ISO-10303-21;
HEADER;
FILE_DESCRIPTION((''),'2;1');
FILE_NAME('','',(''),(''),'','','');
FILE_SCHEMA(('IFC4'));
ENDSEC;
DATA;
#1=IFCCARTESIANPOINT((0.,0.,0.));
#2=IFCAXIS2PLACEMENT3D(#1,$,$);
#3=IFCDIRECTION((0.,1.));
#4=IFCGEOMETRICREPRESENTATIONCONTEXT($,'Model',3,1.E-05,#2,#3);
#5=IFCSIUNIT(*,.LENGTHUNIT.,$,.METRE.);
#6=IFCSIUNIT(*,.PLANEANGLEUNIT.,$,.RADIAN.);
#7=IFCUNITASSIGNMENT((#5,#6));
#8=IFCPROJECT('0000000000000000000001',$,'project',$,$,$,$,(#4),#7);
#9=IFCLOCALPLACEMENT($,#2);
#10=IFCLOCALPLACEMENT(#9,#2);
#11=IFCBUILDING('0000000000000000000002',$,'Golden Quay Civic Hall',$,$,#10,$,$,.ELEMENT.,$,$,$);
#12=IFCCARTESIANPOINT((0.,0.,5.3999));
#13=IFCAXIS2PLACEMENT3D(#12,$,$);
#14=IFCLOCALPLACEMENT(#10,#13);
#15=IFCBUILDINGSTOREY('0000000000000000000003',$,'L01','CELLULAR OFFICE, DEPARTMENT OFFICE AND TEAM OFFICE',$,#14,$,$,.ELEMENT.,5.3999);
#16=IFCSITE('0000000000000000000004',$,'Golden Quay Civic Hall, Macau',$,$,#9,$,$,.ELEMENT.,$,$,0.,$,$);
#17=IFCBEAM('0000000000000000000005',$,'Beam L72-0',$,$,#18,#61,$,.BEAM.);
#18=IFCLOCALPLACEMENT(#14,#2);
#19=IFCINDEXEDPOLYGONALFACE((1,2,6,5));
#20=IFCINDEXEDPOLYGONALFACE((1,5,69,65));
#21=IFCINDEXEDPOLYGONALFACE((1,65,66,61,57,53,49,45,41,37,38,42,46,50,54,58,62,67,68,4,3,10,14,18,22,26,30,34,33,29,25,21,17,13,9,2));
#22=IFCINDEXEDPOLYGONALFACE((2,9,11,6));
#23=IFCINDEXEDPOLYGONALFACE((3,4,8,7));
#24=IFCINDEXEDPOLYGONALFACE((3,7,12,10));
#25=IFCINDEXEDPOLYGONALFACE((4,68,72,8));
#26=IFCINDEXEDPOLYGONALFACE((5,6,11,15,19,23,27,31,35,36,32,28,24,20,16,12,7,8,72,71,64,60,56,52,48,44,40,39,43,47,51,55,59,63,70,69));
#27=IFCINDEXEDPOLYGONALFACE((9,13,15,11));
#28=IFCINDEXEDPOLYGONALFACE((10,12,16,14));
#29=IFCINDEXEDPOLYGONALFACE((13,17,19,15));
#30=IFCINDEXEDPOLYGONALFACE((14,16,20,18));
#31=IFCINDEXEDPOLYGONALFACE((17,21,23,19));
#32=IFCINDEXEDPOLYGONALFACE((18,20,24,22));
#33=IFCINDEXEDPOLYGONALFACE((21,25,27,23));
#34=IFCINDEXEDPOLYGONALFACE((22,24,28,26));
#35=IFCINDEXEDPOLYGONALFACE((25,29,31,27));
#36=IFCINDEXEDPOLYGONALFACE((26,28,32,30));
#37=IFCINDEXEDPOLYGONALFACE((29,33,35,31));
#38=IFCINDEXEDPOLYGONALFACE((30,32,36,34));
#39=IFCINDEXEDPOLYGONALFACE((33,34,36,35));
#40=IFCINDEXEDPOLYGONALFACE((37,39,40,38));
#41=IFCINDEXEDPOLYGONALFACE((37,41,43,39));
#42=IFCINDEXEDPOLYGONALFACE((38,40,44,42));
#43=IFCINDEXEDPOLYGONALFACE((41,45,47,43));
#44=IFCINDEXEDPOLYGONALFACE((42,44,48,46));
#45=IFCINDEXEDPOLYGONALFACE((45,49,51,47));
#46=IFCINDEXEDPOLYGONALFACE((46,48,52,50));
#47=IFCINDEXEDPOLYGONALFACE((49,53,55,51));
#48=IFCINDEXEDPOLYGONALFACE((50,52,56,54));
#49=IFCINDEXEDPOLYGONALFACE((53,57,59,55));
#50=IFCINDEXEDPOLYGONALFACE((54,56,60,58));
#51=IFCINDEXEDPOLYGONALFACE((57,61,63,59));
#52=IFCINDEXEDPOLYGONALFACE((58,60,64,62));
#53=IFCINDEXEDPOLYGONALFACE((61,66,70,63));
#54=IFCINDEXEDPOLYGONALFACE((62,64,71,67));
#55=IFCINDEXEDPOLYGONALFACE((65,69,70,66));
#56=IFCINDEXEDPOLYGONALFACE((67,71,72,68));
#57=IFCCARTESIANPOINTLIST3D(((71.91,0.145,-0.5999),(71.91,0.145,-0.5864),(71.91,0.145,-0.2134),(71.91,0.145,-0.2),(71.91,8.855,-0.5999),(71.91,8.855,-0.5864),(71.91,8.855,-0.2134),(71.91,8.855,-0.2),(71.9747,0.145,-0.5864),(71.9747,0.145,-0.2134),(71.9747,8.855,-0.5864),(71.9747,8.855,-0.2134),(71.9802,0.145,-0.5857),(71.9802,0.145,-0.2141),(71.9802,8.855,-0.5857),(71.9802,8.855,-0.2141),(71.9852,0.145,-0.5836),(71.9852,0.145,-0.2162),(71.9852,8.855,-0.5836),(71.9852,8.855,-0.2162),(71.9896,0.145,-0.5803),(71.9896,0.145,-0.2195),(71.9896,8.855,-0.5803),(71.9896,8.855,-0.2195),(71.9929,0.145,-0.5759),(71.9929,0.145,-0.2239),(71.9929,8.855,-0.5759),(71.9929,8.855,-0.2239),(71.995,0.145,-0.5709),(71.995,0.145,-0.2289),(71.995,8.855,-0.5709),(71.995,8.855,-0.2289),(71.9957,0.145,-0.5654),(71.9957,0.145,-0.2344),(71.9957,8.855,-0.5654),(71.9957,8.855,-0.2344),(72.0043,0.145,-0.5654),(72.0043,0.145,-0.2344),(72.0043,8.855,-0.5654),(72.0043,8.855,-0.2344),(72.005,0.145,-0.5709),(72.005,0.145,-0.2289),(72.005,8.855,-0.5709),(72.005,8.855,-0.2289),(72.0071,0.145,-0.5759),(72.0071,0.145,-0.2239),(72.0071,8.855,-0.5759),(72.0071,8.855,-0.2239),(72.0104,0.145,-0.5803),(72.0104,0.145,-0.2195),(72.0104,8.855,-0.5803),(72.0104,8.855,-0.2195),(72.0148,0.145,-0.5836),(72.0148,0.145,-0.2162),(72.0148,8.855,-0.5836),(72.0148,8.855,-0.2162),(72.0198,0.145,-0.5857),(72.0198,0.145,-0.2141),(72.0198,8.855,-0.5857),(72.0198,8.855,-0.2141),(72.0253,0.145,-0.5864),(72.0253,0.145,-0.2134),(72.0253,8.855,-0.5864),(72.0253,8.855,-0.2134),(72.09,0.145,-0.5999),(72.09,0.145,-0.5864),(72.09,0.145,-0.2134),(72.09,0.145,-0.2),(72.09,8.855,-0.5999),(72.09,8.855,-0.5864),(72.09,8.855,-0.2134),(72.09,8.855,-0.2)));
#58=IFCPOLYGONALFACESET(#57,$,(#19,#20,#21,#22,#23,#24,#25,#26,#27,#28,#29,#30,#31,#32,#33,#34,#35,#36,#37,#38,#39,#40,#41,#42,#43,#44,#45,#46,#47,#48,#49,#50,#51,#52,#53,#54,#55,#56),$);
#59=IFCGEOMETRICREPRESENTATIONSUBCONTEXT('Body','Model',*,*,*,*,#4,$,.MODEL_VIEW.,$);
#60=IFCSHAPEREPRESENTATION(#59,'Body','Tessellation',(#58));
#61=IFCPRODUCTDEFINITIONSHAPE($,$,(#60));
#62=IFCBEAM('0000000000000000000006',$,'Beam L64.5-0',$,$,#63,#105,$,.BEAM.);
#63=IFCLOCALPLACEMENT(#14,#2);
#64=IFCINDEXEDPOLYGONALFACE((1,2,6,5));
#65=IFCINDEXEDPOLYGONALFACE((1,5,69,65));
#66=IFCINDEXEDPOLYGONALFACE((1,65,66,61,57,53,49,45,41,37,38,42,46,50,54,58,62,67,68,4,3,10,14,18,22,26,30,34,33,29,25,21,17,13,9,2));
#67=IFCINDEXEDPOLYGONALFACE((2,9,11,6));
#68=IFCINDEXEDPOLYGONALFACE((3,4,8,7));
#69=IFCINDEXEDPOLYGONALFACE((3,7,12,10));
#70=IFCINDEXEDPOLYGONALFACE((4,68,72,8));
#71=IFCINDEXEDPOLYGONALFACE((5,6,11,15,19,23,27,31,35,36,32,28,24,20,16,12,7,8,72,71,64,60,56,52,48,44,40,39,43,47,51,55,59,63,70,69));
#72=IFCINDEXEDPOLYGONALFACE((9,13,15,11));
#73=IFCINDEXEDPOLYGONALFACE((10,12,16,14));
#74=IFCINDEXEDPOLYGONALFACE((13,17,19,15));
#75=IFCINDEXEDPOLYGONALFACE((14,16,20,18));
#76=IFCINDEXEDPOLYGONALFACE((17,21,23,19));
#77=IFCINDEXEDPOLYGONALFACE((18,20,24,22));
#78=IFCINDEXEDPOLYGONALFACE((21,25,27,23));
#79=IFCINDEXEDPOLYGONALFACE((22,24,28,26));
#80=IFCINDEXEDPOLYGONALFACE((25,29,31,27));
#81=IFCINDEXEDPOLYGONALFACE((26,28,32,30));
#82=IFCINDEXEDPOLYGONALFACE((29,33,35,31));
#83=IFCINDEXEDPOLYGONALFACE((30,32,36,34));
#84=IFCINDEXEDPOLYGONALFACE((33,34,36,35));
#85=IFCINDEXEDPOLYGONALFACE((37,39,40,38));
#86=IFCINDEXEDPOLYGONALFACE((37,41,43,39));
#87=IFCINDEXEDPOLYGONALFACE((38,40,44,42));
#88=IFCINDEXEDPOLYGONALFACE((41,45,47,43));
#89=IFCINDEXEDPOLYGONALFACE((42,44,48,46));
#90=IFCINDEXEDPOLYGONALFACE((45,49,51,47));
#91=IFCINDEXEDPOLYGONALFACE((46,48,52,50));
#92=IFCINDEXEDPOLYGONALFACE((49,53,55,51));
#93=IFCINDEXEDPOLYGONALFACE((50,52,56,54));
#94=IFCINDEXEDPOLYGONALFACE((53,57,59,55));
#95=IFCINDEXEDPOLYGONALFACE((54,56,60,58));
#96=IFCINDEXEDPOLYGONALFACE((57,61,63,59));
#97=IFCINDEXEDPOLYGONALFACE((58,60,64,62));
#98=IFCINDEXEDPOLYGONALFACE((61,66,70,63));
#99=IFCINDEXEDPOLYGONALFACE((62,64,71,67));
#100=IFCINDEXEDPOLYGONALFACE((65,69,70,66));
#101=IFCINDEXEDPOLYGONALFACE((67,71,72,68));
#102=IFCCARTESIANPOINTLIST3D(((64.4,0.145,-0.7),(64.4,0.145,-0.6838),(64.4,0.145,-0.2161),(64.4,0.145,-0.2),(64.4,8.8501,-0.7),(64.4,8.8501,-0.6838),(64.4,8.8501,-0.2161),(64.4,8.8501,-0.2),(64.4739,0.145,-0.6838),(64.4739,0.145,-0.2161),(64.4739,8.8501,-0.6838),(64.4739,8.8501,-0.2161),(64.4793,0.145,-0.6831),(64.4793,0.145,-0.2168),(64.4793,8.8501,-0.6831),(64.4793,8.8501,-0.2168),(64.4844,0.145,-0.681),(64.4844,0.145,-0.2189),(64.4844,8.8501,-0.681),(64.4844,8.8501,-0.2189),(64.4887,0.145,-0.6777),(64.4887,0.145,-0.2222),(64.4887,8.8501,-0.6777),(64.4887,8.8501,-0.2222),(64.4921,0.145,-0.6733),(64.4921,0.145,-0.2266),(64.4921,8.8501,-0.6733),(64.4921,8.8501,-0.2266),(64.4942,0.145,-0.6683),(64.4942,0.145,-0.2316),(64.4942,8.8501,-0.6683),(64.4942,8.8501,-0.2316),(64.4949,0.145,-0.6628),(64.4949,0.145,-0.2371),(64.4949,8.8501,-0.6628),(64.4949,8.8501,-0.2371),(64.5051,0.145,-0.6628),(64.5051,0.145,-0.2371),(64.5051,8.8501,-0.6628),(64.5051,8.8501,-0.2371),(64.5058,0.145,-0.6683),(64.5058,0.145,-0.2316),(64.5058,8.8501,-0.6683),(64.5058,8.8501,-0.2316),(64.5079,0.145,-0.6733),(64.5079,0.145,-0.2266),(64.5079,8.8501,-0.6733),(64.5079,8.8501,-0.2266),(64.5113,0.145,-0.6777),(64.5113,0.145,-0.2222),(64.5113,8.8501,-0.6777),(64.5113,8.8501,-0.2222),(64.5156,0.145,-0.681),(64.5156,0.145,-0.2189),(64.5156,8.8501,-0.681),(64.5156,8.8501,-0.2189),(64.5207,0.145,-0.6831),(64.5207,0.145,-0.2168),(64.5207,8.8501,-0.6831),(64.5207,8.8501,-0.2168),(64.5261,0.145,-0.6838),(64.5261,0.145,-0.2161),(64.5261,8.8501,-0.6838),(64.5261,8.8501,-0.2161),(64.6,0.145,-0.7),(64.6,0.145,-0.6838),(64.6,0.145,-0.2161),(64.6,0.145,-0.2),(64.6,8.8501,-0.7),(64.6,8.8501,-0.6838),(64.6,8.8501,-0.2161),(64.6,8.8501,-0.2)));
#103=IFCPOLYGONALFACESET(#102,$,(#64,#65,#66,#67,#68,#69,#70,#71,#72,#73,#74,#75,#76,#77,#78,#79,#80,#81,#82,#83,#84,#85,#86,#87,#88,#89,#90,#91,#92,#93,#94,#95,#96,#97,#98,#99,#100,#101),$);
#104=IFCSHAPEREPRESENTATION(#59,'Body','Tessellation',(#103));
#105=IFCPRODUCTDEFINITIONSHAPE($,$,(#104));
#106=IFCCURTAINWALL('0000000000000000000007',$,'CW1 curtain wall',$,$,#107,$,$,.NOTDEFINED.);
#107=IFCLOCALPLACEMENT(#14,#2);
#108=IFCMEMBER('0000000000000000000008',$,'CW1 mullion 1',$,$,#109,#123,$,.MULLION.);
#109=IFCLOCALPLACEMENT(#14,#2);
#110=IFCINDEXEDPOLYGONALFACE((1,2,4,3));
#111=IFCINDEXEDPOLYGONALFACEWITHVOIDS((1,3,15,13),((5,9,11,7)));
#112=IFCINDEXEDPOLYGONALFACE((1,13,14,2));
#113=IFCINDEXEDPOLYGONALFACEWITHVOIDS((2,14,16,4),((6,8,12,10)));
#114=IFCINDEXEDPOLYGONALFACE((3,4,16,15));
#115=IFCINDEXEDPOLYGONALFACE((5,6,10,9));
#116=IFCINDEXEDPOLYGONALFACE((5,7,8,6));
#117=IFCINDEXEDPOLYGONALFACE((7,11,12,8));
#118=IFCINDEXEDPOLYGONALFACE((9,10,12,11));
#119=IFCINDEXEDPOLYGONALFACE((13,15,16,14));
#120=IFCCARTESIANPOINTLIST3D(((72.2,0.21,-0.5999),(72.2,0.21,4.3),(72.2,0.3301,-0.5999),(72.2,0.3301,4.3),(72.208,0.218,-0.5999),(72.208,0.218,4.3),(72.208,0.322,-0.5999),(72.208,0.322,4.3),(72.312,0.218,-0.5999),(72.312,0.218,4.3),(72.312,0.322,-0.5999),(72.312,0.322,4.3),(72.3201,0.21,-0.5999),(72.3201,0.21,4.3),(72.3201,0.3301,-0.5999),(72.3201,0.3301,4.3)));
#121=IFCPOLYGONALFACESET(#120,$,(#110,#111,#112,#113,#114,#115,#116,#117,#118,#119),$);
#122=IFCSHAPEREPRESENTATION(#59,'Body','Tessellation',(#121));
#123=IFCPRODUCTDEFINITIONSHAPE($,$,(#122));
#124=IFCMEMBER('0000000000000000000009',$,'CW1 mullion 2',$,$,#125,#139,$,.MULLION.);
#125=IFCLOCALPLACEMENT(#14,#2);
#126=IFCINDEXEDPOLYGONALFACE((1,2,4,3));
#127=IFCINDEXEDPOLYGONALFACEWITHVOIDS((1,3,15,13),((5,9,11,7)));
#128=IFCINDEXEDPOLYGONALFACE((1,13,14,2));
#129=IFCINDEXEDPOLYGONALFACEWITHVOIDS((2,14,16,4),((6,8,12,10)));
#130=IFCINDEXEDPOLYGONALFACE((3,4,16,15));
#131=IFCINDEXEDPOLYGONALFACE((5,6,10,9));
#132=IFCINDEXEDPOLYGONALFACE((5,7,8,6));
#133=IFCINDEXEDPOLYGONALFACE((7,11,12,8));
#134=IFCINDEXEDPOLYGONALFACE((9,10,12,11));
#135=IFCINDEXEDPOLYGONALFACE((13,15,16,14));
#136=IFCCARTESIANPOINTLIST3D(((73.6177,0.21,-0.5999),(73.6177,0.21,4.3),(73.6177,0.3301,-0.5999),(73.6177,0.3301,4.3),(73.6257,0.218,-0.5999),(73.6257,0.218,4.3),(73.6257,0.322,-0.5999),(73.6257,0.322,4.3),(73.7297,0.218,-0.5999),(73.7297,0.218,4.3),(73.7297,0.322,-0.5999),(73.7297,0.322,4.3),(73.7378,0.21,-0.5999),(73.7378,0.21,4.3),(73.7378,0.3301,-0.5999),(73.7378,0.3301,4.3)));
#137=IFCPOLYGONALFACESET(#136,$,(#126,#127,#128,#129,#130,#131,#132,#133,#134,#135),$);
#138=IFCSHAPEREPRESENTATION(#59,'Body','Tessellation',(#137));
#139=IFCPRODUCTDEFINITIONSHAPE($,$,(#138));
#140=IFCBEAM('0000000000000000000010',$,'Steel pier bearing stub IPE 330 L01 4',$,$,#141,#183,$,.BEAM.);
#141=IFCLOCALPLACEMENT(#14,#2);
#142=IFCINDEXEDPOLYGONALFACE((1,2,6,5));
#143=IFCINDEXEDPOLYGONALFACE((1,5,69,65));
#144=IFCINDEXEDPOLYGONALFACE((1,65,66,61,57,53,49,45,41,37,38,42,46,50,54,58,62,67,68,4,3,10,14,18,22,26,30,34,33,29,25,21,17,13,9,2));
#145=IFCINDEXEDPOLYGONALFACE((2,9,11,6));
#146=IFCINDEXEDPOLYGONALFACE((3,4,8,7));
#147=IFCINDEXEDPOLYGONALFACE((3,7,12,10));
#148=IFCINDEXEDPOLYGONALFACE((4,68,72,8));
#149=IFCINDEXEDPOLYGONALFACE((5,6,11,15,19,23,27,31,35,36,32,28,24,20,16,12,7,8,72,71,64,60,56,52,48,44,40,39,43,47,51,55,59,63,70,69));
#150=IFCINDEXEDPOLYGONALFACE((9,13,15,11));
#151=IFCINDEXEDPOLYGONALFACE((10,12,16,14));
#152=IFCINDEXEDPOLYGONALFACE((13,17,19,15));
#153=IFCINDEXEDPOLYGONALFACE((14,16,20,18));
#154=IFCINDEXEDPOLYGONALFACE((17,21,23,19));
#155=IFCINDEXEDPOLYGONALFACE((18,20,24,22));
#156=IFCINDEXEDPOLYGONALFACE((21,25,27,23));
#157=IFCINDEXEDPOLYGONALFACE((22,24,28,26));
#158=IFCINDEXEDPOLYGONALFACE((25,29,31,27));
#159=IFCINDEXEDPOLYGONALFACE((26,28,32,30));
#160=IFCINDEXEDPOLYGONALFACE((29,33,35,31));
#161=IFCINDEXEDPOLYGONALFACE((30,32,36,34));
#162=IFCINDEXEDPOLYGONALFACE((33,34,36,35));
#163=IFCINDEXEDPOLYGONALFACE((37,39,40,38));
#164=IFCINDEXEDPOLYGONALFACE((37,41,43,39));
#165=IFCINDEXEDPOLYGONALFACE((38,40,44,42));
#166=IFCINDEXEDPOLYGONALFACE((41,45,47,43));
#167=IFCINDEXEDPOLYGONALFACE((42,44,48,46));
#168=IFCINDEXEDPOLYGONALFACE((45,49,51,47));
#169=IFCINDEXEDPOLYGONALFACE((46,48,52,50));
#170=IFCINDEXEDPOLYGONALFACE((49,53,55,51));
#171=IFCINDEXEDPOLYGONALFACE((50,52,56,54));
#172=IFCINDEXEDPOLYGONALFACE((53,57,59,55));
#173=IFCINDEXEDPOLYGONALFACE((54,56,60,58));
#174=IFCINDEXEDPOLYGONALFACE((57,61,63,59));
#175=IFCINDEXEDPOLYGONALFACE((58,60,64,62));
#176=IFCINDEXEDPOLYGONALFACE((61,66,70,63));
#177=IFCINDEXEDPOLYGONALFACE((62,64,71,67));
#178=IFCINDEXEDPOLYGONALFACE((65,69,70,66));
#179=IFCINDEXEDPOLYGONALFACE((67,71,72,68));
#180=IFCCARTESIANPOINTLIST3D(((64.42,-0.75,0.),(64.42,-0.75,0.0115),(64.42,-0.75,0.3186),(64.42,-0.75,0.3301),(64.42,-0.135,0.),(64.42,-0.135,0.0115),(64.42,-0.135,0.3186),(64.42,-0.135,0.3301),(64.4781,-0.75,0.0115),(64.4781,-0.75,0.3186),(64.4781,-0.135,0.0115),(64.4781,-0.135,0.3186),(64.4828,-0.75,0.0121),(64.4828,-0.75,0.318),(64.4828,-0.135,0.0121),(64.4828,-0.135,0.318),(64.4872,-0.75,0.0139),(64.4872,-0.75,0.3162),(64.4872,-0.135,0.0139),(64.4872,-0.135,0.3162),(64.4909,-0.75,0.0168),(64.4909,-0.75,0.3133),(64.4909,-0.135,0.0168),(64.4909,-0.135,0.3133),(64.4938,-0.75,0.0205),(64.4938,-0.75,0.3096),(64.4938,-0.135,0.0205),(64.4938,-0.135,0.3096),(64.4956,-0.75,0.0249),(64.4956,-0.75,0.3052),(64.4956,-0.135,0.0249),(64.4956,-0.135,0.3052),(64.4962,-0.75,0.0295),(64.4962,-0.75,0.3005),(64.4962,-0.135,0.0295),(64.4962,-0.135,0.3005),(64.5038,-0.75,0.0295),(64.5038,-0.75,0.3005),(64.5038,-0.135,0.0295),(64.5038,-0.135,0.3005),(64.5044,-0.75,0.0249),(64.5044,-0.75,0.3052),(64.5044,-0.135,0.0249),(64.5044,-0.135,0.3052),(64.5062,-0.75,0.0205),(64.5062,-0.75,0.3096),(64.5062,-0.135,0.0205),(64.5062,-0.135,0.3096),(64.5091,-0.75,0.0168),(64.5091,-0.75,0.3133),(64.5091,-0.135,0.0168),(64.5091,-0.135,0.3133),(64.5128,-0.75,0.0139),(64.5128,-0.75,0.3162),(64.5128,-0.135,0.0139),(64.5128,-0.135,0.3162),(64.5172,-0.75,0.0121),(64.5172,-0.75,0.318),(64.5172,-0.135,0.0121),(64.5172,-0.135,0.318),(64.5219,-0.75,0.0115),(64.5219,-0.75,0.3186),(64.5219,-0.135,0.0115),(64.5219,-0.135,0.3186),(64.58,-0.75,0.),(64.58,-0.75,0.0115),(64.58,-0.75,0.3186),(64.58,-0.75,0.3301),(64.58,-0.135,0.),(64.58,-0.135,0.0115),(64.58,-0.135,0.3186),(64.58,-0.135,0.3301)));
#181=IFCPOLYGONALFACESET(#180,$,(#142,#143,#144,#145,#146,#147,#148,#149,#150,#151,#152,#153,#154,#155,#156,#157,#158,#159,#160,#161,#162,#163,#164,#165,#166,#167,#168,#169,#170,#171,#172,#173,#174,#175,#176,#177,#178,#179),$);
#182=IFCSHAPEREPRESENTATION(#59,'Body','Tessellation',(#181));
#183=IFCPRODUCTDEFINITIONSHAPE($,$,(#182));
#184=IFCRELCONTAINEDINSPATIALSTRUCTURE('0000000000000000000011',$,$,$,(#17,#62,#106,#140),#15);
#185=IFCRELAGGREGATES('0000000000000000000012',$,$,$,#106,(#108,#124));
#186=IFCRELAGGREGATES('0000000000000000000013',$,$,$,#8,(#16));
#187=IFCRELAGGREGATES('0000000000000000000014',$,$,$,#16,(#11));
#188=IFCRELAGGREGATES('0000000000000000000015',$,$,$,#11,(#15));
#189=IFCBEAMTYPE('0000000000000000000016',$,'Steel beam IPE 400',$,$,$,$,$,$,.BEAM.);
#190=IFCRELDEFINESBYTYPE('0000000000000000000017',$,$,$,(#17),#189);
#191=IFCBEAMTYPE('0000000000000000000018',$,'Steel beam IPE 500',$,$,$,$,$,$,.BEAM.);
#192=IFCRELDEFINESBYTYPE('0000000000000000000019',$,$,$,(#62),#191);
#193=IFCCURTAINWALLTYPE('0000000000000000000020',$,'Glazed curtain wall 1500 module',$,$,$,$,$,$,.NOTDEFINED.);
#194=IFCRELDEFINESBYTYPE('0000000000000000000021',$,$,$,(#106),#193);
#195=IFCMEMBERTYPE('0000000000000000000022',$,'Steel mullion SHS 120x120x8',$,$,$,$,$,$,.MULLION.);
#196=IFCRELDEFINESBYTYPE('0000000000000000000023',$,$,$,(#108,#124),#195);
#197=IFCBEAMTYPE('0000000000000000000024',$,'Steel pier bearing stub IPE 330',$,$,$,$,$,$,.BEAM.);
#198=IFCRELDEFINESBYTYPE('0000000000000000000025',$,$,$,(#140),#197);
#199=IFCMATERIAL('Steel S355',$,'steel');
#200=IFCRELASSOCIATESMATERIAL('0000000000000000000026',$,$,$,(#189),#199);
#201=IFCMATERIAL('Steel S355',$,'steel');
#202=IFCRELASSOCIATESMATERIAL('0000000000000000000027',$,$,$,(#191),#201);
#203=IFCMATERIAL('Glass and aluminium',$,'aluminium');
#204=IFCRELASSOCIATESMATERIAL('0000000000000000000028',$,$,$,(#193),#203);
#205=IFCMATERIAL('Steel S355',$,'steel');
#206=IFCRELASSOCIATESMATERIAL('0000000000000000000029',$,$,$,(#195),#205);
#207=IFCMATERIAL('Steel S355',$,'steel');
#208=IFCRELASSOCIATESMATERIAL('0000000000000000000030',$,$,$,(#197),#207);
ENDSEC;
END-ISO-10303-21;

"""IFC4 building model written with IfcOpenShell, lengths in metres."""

from ifc_helpers import new_model, si_unit, direction, frame, origin, origin_2d, place, context, subcontext, project, spatial, hollow_rectangle, i_section, extrude, material, material_profile, profile_set, type_object, element, aggregate, save


model = new_model("IFC4")

# Units and contexts
model_context = context("Model", 3, precision=1e-05, world=origin(), true_north=direction((0.0, 1.0)))
body_context = subcontext(model_context, "Body", "Model", "MODEL_VIEW")
ifc_project = project(units=[si_unit("LENGTHUNIT", "METRE"), si_unit("PLANEANGLEUNIT", "RADIAN")], contexts=[model_context])

# Site, building, storey
site_placement = place(None, origin())
site = spatial("IfcSite", under=ifc_project, at=site_placement, Name="Golden Quay Civic Hall, Macau", CompositionType="ELEMENT", RefElevation=0.0)
building_placement = place(site_placement, origin())
building = spatial("IfcBuilding", under=site, at=building_placement, Name="Golden Quay Civic Hall", CompositionType="ELEMENT")
storey_placement = place(building_placement, frame((0.0, 0.0, 5.3999)))
storey = spatial("IfcBuildingStorey", under=building, at=storey_placement, Name="L01", Description="CELLULAR OFFICE, DEPARTMENT OFFICE AND TEAM OFFICE", CompositionType="ELEMENT", Elevation=5.3999)

# Beams
ifc_material_1 = material(Name="Steel S355", Category="steel")
ifc_material_profile_1 = material_profile(ifc_material_1, i_section(OverallWidth=0.1799, OverallDepth=0.3999, WebThickness=0.0085, FlangeThickness=0.0134, FilletRadius=0.021, at=origin_2d()), Name="IPE 400")
ifc_profile_set_1 = profile_set([ifc_material_profile_1], Name="Steel S355")
beam_type_1 = type_object("IfcBeamType", Name="Steel beam IPE 400", PredefinedType="BEAM", material=ifc_profile_set_1)
beam_1_placement = place(storey_placement, frame((72.0, 0.145, -0.3999), z_axis=(0.0, 1.0, 0.0), x_axis=(-1.0, 0.0, 0.0)))
element("IfcBeam", 1, at=beam_1_placement, inside=storey, type_object=beam_type_1, Name="Beam L72-0", PredefinedType="BEAM", context=body_context, shape_type="SweptSolid", body=[
    extrude(i_section(OverallWidth=0.1799, OverallDepth=0.3999, WebThickness=0.0085, FlangeThickness=0.0134, FilletRadius=0.021, at=origin_2d()), origin(), (0.0, 0.0, 1.0), 8.71),
])
ifc_material_2 = material(Name="Steel S355", Category="steel")
ifc_material_profile_2 = material_profile(ifc_material_2, i_section(OverallWidth=0.2, OverallDepth=0.5, WebThickness=0.0103, FlangeThickness=0.0161, FilletRadius=0.021, at=origin_2d()), Name="IPE 500")
ifc_profile_set_2 = profile_set([ifc_material_profile_2], Name="Steel S355")
beam_type_2 = type_object("IfcBeamType", Name="Steel beam IPE 500", PredefinedType="BEAM", material=ifc_profile_set_2)
beam_2_placement = place(storey_placement, frame((64.5, 0.145, -0.45), z_axis=(0.0, 1.0, 0.0), x_axis=(-1.0, 0.0, 0.0)))
element("IfcBeam", 2, at=beam_2_placement, inside=storey, type_object=beam_type_2, Name="Beam L64.5-0", PredefinedType="BEAM", context=body_context, shape_type="SweptSolid", body=[
    extrude(i_section(OverallWidth=0.2, OverallDepth=0.5, WebThickness=0.0103, FlangeThickness=0.0161, FilletRadius=0.021, at=origin_2d()), origin(), (0.0, 0.0, 1.0), 8.7051),
])

# Curtain wall, members
ifc_material_3 = material(Name="Glass and aluminium", Category="aluminium")
curtain_wall_type = type_object("IfcCurtainWallType", Name="Glazed curtain wall 1500 module", PredefinedType="NOTDEFINED", material=ifc_material_3)
curtain_wall_placement = place(storey_placement, origin())
curtain_wall = element("IfcCurtainWall", 3, at=curtain_wall_placement, inside=storey, type_object=curtain_wall_type, Name="CW1 curtain wall", PredefinedType="NOTDEFINED")
ifc_material_4 = material(Name="Steel S355", Category="steel")
ifc_material_profile_3 = material_profile(ifc_material_4, hollow_rectangle(XDim=0.1201, YDim=0.1201, WallThickness=0.0081, at=origin_2d()), Name="SHS 120x120x8")
ifc_profile_set_3 = profile_set([ifc_material_profile_3], Name="Steel S355")
member_type_1 = type_object("IfcMemberType", Name="Steel mullion SHS 120x120x8", PredefinedType="MULLION", material=ifc_profile_set_3)
member_1_placement = place(storey_placement, frame((72.26, 0.27, -0.5999), z_axis=(0.0, 0.0, 1.0), x_axis=(0.0, 1.0, 0.0)))
member_1 = element("IfcMember", 4, at=member_1_placement, type_object=member_type_1, Name="CW1 mullion 1", PredefinedType="MULLION", context=body_context, shape_type="SweptSolid", body=[
    extrude(hollow_rectangle(XDim=0.1201, YDim=0.1201, WallThickness=0.0081, at=origin_2d()), origin(), (0.0, 0.0, 1.0), 4.8999),
])
member_2_placement = place(storey_placement, frame((73.6777, 0.27, -0.5999), z_axis=(0.0, 0.0, 1.0), x_axis=(0.0, 1.0, 0.0)))
member_2 = element("IfcMember", 5, at=member_2_placement, type_object=member_type_1, Name="CW1 mullion 2", PredefinedType="MULLION", context=body_context, shape_type="SweptSolid", body=[
    extrude(hollow_rectangle(XDim=0.1201, YDim=0.1201, WallThickness=0.0081, at=origin_2d()), origin(), (0.0, 0.0, 1.0), 4.8999),
])

# Beam
ifc_material_5 = material(Name="Steel S355", Category="steel")
ifc_material_profile_4 = material_profile(ifc_material_5, i_section(OverallWidth=0.1599, OverallDepth=0.3301, WebThickness=0.0076, FlangeThickness=0.0115, FilletRadius=0.0181, at=origin_2d()), Name="IPE 330")
ifc_profile_set_4 = profile_set([ifc_material_profile_4], Name="Steel S355")
beam_type_3 = type_object("IfcBeamType", Name="Steel pier bearing stub IPE 330", PredefinedType="BEAM", material=ifc_profile_set_4)
for number, where, z_axis, x_axis, name in (
    (6, (64.5, -0.135, 0.165), (0.0, -1.0, 0.0), (1.0, 0.0, 0.0), "Steel pier bearing stub IPE 330 L01 4"),
):
    element("IfcBeam", number, at=place(storey_placement, frame(where, z_axis=z_axis, x_axis=x_axis)), inside=storey, type_object=beam_type_3, Name=name, PredefinedType="BEAM", context=body_context, shape_type="SweptSolid", body=[
        extrude(i_section(OverallWidth=0.1599, OverallDepth=0.3301, WebThickness=0.0076, FlangeThickness=0.0115, FilletRadius=0.0181, at=origin_2d()), origin(), (0.0, 0.0, 1.0), 0.615),
    ])

aggregate(curtain_wall, [member_1, member_2])

save(model, "model.ifc")
